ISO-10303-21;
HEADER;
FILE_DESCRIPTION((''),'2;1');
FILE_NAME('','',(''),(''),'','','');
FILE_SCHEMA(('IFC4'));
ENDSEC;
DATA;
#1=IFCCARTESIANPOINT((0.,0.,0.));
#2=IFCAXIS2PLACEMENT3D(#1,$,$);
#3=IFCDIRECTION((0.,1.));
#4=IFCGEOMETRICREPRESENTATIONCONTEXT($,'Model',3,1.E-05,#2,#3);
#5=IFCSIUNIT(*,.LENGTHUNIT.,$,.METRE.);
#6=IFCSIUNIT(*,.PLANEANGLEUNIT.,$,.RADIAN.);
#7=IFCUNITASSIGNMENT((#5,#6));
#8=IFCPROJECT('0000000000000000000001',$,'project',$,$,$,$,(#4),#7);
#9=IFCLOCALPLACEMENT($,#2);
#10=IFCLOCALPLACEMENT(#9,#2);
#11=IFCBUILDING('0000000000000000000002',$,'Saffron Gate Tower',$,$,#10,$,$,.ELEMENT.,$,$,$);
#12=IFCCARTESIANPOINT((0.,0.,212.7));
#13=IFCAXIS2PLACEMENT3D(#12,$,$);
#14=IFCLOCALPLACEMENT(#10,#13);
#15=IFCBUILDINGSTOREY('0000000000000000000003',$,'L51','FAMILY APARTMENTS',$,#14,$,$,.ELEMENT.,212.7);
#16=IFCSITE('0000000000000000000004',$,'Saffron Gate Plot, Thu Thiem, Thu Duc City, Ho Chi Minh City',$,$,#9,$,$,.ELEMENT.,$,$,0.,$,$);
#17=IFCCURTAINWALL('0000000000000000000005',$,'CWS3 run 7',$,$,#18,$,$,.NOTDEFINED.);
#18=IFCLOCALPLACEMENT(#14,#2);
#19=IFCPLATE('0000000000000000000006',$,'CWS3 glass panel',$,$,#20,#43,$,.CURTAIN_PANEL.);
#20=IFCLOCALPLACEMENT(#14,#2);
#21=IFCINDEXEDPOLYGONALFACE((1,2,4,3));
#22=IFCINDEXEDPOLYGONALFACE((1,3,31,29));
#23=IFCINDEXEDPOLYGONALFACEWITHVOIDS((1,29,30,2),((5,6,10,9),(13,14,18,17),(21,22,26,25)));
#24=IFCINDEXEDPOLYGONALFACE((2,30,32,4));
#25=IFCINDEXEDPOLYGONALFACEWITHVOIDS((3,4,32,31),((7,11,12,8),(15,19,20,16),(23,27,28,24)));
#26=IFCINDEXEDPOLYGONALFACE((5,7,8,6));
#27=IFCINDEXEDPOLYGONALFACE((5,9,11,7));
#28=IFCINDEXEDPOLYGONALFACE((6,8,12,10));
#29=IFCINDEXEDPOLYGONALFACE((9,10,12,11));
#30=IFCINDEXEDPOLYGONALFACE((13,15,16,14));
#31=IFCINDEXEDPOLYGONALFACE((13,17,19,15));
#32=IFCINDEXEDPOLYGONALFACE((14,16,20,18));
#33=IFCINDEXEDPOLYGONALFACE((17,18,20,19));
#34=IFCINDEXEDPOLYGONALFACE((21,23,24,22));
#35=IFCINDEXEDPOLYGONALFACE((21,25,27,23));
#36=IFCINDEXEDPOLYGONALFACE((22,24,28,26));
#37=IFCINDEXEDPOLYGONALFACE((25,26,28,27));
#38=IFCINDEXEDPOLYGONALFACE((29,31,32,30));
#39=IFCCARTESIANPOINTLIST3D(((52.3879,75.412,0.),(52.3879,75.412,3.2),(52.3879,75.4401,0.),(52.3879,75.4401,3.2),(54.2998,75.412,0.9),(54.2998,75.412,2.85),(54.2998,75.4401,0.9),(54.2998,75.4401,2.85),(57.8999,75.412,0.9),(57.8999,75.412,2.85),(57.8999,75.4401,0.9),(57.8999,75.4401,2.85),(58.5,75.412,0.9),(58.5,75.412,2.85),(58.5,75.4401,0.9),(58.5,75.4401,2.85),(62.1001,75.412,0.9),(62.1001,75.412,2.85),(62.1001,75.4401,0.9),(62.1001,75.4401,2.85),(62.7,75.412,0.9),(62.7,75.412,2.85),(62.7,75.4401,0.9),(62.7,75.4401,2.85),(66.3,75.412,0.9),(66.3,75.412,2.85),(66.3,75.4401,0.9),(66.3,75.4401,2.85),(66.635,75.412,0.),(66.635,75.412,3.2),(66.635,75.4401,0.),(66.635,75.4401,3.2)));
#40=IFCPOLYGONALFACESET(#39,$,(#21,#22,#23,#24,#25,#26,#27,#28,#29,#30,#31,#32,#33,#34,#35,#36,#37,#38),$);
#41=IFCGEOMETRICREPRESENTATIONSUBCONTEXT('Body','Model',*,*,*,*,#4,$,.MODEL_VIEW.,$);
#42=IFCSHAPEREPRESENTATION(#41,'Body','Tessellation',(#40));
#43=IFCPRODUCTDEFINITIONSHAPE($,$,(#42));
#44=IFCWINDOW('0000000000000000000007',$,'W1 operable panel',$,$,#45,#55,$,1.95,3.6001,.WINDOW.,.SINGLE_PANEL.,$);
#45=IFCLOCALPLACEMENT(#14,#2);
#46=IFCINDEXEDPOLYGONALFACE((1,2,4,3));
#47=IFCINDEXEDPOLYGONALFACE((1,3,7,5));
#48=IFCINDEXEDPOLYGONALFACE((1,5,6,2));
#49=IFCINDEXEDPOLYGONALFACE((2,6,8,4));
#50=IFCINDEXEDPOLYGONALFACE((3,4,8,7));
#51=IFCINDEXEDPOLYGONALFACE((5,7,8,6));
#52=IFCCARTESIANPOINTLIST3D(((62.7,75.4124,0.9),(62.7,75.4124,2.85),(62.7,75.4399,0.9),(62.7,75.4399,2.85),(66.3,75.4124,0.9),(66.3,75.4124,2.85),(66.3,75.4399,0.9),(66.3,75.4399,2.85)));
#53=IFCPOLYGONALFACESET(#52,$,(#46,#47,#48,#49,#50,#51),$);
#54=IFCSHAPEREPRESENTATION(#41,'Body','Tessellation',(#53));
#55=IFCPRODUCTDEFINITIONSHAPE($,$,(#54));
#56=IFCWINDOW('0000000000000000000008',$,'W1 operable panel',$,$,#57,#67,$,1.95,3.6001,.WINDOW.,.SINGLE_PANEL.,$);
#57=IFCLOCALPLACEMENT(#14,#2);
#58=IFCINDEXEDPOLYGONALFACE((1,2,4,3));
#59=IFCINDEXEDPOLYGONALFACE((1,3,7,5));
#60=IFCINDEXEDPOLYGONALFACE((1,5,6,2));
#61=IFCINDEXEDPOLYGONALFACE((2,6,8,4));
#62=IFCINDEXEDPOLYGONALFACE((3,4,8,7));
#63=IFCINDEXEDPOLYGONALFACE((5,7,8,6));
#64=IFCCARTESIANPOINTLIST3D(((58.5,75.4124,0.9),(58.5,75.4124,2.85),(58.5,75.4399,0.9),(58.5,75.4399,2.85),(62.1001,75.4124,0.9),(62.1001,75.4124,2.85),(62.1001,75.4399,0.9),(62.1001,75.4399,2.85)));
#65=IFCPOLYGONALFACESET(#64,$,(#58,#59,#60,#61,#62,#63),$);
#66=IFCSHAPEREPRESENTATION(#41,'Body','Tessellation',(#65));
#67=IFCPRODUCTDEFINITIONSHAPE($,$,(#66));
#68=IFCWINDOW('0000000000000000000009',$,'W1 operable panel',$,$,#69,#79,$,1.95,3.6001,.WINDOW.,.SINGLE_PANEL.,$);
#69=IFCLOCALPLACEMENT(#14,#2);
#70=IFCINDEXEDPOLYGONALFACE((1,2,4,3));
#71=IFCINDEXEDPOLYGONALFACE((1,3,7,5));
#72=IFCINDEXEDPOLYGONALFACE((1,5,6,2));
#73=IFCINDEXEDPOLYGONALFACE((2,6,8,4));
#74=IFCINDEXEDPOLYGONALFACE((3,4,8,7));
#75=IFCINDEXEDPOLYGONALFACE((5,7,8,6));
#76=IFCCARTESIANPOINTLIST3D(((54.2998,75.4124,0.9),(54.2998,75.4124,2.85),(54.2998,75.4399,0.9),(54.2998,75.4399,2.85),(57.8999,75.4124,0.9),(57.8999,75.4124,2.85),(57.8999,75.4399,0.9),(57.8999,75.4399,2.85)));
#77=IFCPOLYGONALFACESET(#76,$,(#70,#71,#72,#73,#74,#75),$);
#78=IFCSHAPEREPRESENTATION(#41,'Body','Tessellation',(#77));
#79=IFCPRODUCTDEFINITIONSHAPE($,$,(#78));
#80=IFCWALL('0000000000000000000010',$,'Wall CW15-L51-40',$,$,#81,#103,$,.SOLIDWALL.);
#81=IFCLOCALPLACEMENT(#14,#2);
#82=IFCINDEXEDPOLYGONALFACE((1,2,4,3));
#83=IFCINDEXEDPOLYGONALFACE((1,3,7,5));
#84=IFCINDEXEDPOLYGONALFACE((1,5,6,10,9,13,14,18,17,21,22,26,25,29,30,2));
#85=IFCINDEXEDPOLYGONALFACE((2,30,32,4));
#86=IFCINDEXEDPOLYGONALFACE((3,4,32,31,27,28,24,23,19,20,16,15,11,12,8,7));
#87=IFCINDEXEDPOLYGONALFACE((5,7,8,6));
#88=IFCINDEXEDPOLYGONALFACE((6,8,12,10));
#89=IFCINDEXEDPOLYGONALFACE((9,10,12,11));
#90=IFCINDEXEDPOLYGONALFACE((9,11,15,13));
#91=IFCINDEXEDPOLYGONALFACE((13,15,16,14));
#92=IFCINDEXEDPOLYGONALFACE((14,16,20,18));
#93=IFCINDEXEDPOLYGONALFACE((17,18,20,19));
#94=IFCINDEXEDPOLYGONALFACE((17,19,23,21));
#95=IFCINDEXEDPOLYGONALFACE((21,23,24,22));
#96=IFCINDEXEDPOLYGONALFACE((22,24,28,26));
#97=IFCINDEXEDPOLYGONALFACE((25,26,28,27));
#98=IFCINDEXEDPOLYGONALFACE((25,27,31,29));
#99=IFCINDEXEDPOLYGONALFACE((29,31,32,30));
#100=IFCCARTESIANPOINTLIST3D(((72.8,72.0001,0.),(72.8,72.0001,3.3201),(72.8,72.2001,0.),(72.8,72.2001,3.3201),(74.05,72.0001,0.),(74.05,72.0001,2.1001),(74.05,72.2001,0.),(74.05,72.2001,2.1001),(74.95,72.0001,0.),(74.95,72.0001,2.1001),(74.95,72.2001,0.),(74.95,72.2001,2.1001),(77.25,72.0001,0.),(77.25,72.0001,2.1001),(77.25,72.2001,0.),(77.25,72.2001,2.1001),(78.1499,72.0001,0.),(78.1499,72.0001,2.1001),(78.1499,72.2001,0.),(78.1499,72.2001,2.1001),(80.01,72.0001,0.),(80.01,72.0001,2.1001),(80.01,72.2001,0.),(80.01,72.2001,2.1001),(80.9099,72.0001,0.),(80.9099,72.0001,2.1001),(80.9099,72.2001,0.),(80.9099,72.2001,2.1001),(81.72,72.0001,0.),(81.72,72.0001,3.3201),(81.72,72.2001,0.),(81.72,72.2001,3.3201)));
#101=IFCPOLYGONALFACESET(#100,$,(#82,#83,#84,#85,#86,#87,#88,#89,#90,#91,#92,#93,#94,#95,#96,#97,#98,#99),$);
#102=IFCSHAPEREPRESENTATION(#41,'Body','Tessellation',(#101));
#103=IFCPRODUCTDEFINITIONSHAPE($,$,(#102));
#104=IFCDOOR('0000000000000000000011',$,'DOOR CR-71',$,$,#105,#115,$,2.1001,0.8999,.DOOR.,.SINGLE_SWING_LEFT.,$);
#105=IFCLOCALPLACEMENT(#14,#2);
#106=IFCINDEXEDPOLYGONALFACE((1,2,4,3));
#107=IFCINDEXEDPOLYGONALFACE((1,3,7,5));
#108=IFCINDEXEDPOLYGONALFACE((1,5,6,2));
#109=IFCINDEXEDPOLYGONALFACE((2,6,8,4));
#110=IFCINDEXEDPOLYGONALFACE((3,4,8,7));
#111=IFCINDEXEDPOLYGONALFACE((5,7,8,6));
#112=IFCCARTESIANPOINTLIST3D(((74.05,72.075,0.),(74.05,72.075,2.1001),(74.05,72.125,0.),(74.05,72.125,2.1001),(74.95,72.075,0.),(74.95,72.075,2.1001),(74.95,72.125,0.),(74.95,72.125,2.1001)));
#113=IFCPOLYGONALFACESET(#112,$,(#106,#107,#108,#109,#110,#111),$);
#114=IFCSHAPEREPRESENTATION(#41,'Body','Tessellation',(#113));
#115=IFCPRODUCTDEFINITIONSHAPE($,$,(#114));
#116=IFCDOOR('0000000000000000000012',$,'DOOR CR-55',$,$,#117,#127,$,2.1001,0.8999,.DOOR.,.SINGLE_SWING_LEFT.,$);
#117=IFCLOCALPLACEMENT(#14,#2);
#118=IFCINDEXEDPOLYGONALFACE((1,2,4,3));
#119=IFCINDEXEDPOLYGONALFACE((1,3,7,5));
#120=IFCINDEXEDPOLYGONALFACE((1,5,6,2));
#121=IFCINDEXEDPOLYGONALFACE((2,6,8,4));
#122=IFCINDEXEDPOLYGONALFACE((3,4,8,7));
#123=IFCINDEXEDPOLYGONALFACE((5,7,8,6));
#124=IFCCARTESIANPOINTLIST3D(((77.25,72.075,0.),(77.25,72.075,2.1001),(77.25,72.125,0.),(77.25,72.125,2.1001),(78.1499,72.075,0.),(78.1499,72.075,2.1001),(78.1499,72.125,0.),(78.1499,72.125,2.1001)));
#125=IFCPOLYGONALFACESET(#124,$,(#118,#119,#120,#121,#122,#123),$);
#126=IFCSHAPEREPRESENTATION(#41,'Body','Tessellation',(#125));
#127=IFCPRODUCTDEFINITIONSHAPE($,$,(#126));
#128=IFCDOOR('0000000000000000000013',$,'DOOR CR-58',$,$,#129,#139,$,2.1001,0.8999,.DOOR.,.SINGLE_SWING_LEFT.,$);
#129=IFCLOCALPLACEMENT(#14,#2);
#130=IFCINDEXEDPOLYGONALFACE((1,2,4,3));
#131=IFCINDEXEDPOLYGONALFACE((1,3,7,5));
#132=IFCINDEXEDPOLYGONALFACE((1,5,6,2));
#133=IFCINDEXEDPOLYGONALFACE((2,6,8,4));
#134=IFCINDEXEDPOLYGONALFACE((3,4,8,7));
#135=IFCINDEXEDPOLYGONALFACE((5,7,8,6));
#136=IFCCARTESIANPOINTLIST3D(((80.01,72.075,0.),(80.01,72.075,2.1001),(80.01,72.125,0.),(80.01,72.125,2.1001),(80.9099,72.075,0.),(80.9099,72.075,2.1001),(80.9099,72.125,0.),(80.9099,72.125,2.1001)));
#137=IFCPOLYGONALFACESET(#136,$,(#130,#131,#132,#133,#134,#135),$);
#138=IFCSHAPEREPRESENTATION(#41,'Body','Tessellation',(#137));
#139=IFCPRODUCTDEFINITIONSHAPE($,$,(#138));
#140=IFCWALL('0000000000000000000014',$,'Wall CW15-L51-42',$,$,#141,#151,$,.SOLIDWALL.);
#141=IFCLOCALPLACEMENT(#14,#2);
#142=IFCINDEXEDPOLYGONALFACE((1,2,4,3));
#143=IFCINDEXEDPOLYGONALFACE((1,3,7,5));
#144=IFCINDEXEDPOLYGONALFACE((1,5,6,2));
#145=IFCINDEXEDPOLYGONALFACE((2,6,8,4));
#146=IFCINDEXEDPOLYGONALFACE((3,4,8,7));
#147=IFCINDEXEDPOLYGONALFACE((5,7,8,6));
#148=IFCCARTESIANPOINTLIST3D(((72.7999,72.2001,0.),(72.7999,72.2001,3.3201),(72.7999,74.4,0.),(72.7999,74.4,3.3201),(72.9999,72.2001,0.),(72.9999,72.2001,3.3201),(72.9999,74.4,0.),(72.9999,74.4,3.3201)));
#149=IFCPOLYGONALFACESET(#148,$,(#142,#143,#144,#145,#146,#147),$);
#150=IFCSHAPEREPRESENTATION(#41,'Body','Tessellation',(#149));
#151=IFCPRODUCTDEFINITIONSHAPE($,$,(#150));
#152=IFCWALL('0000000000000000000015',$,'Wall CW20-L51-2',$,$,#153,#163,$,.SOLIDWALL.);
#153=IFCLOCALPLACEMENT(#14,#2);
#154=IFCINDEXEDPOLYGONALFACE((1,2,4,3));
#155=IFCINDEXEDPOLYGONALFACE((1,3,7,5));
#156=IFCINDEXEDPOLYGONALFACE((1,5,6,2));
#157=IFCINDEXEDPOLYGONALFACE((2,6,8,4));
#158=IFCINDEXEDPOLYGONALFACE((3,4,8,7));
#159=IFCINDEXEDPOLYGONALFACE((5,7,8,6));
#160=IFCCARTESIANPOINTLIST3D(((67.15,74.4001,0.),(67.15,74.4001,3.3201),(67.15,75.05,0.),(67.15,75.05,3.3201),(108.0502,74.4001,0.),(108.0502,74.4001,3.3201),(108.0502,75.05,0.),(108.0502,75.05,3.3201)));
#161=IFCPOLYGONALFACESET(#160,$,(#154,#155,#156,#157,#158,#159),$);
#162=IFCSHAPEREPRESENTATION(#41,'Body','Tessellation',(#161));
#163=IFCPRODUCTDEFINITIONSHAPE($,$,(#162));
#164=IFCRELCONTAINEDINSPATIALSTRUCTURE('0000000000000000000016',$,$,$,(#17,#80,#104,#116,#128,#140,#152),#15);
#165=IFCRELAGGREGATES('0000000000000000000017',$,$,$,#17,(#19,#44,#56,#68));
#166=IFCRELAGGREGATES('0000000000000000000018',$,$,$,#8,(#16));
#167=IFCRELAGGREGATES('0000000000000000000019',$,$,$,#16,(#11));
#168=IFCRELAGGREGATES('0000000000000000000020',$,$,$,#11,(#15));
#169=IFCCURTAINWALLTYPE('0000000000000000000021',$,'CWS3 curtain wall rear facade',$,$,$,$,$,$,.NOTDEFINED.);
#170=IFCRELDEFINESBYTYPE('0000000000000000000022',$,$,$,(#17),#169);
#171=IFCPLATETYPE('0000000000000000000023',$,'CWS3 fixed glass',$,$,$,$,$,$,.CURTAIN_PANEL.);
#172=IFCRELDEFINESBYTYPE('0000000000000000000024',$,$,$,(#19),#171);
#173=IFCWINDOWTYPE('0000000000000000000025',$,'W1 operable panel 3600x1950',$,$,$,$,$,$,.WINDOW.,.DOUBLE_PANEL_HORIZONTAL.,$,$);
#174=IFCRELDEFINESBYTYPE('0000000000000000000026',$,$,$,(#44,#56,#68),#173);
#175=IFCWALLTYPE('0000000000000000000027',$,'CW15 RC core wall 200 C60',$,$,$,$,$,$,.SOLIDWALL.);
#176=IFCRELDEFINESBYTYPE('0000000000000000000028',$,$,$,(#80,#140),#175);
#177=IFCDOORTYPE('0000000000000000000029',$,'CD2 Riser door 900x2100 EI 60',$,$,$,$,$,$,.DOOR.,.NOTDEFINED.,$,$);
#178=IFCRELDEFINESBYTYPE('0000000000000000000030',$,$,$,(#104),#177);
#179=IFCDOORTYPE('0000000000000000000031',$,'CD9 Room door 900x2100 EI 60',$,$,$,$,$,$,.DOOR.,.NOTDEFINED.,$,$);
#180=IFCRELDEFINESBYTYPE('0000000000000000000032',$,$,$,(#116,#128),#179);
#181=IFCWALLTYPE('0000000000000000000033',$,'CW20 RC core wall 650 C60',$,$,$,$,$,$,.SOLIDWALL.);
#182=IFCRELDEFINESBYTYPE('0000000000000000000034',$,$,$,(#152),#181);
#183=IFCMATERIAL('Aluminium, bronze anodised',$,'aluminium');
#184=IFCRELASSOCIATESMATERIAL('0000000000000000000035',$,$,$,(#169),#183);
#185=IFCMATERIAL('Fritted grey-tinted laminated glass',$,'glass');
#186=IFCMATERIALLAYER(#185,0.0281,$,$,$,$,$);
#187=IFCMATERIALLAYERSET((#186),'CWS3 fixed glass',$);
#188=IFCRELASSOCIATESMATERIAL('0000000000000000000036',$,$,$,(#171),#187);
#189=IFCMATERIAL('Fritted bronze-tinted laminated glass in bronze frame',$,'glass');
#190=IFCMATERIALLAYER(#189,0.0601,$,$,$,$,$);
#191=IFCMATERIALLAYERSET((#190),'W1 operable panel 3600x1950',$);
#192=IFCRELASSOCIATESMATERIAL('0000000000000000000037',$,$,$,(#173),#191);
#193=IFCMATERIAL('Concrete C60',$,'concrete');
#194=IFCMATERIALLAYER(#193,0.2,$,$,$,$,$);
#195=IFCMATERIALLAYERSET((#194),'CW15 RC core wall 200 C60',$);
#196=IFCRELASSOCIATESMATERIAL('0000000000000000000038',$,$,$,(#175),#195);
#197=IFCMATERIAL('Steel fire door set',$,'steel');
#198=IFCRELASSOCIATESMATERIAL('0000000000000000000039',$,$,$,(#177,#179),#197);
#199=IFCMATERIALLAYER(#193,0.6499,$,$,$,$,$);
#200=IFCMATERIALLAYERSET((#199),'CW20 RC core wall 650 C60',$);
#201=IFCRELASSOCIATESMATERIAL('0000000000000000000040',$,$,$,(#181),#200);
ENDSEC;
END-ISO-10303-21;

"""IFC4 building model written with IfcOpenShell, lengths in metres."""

from ifc_helpers import new_model, si_unit, direction, frame, frame_2d, origin, place, context, subcontext, project, spatial, rectangle, extrude, material, layer, layer_set, type_object, element, fill, aggregate, save


model = new_model("IFC4")

# Units and contexts
model_context = context("Model", 3, precision=1e-05, world=origin(), true_north=direction((0.0, 1.0)))
body_context = subcontext(model_context, "Body", "Model", "MODEL_VIEW")
ifc_project = project(units=[si_unit("LENGTHUNIT", "METRE"), si_unit("PLANEANGLEUNIT", "RADIAN")], contexts=[model_context])

# Site, building, storey
site_placement = place(None, origin())
site = spatial("IfcSite", under=ifc_project, at=site_placement, Name="Saffron Gate Plot, Thu Thiem, Thu Duc City, Ho Chi Minh City", CompositionType="ELEMENT", RefElevation=0.0)
building_placement = place(site_placement, origin())
building = spatial("IfcBuilding", under=site, at=building_placement, Name="Saffron Gate Tower", CompositionType="ELEMENT")
storey_placement = place(building_placement, frame((0.0, 0.0, 212.7)))
storey = spatial("IfcBuildingStorey", under=building, at=storey_placement, Name="L51", Description="FAMILY APARTMENTS", CompositionType="ELEMENT", Elevation=212.7)

# Curtain wall, plate, openings, windows
ifc_material_1 = material(Name="Aluminium, bronze anodised", Category="aluminium")
curtain_wall_type = type_object("IfcCurtainWallType", Name="CWS3 curtain wall rear facade", PredefinedType="NOTDEFINED", material=ifc_material_1)
curtain_wall_placement = place(storey_placement, origin())
curtain_wall = element("IfcCurtainWall", 1, at=curtain_wall_placement, inside=storey, type_object=curtain_wall_type, Name="CWS3 run 7", PredefinedType="NOTDEFINED")
ifc_material_2 = material(Name="Fritted grey-tinted laminated glass", Category="glass")
ifc_layer_1 = layer(ifc_material_2, 0.0281)
ifc_layer_set_1 = layer_set([ifc_layer_1], Name="CWS3 fixed glass")
plate_type = type_object("IfcPlateType", Name="CWS3 fixed glass", PredefinedType="CURTAIN_PANEL", material=ifc_layer_set_1)
plate_placement = place(storey_placement, frame((66.635, 75.426, 0.0), z_axis=(0.0, 0.0, 1.0), x_axis=(-1.0, 0.0, 0.0)))
plate = element("IfcPlate", 2, at=plate_placement, type_object=plate_type, Name="CWS3 glass panel", PredefinedType="CURTAIN_PANEL", context=body_context, shape_type="SweptSolid", body=[
    extrude(rectangle(XDim=14.2471, YDim=0.0281, at=frame_2d((7.1235, 0.0))), origin(), (0.0, 0.0, 1.0), 3.2),
])
opening_1_placement = place(plate_placement, frame((0.335, 0.0, 0.8999)))
opening_1 = element("IfcOpeningElement", 3, at=opening_1_placement, cuts=plate, PredefinedType="OPENING", context=body_context, shape_type="SweptSolid", body=[
    extrude(rectangle(XDim=3.6001, YDim=1.95, at=frame_2d((1.8, 0.9751))), frame((0.0, 0.0239, 0.0), z_axis=(0.0, -1.0, 0.0), x_axis=(1.0, 0.0, 0.0)), (0.0, 0.0, 1.0), 0.0481),
])
opening_2_placement = place(plate_placement, frame((4.5349, 0.0, 0.8999)))
opening_2 = element("IfcOpeningElement", 4, at=opening_2_placement, cuts=plate, PredefinedType="OPENING", context=body_context, shape_type="SweptSolid", body=[
    extrude(rectangle(XDim=3.6001, YDim=1.95, at=frame_2d((1.8, 0.9751))), frame((0.0, 0.0239, 0.0), z_axis=(0.0, -1.0, 0.0), x_axis=(1.0, 0.0, 0.0)), (0.0, 0.0, 1.0), 0.0481),
])
opening_3_placement = place(plate_placement, frame((8.7351, 0.0, 0.8999)))
opening_3 = element("IfcOpeningElement", 5, at=opening_3_placement, cuts=plate, PredefinedType="OPENING", context=body_context, shape_type="SweptSolid", body=[
    extrude(rectangle(XDim=3.6001, YDim=1.95, at=frame_2d((1.8, 0.9751))), frame((0.0, 0.0239, 0.0), z_axis=(0.0, -1.0, 0.0), x_axis=(1.0, 0.0, 0.0)), (0.0, 0.0, 1.0), 0.0481),
])
ifc_material_3 = material(Name="Fritted bronze-tinted laminated glass in bronze frame", Category="glass")
ifc_layer_2 = layer(ifc_material_3, 0.0601)
ifc_layer_set_2 = layer_set([ifc_layer_2], Name="W1 operable panel 3600x1950")
window_type = type_object("IfcWindowType", Name="W1 operable panel 3600x1950", PartitioningType="DOUBLE_PANEL_HORIZONTAL", PredefinedType="WINDOW", material=ifc_layer_set_2)
window_1_placement = place(opening_1_placement, origin())
window_1 = element("IfcWindow", 6, at=window_1_placement, type_object=window_type, Name="W1 operable panel", OverallHeight=1.95, OverallWidth=3.6001, PartitioningType="SINGLE_PANEL", PredefinedType="WINDOW", context=body_context, shape_type="SweptSolid", body=[
    extrude(rectangle(XDim=3.6001, YDim=1.95, at=frame_2d((1.8, 0.9751))), frame((0.0, 0.0137, 0.0), z_axis=(0.0, -1.0, 0.0), x_axis=(1.0, 0.0, 0.0)), (0.0, 0.0, 1.0), 0.0276),
])
fill(opening_1, window_1)
window_2_placement = place(opening_2_placement, origin())
window_2 = element("IfcWindow", 7, at=window_2_placement, type_object=window_type, Name="W1 operable panel", OverallHeight=1.95, OverallWidth=3.6001, PartitioningType="SINGLE_PANEL", PredefinedType="WINDOW", context=body_context, shape_type="SweptSolid", body=[
    extrude(rectangle(XDim=3.6001, YDim=1.95, at=frame_2d((1.8, 0.9751))), frame((0.0, 0.0137, 0.0), z_axis=(0.0, -1.0, 0.0), x_axis=(1.0, 0.0, 0.0)), (0.0, 0.0, 1.0), 0.0276),
])
fill(opening_2, window_2)
window_3_placement = place(opening_3_placement, origin())
window_3 = element("IfcWindow", 8, at=window_3_placement, type_object=window_type, Name="W1 operable panel", OverallHeight=1.95, OverallWidth=3.6001, PartitioningType="SINGLE_PANEL", PredefinedType="WINDOW", context=body_context, shape_type="SweptSolid", body=[
    extrude(rectangle(XDim=3.6001, YDim=1.95, at=frame_2d((1.8, 0.9751))), frame((0.0, 0.0137, 0.0), z_axis=(0.0, -1.0, 0.0), x_axis=(1.0, 0.0, 0.0)), (0.0, 0.0, 1.0), 0.0276),
])
fill(opening_3, window_3)
aggregate(curtain_wall, [plate, window_1, window_2, window_3])

# Wall, openings, doors
ifc_material_4 = material(Name="Concrete C60", Category="concrete")
ifc_layer_3 = layer(ifc_material_4, 0.2)
ifc_layer_set_3 = layer_set([ifc_layer_3], Name="CW15 RC core wall 200 C60")
wall_type_1 = type_object("IfcWallType", Name="CW15 RC core wall 200 C60", PredefinedType="SOLIDWALL", material=ifc_layer_set_3)
wall_1_placement = place(storey_placement, frame((72.8, 72.1001, 0.0), z_axis=(0.0, 0.0, 1.0), x_axis=(1.0, 0.0, 0.0)))
wall_1 = element("IfcWall", 9, at=wall_1_placement, inside=storey, type_object=wall_type_1, Name="Wall CW15-L51-40", PredefinedType="SOLIDWALL", context=body_context, shape_type="SweptSolid", body=[
    extrude(rectangle(XDim=8.9199, YDim=0.2, at=frame_2d((4.46, 0.0))), origin(), (0.0, 0.0, 1.0), 3.3201),
])
opening_4_placement = place(wall_1_placement, frame((1.25, 0.0, 0.0)))
opening_4 = element("IfcOpeningElement", 10, at=opening_4_placement, cuts=wall_1, PredefinedType="OPENING", context=body_context, shape_type="SweptSolid", body=[
    extrude(rectangle(XDim=0.8999, YDim=2.1001, at=frame_2d((0.45, 1.05))), frame((0.0, 0.1099, 0.0), z_axis=(0.0, -1.0, 0.0), x_axis=(1.0, 0.0, 0.0)), (0.0, 0.0, 1.0), 0.22),
])
opening_5_placement = place(wall_1_placement, frame((4.45, 0.0, 0.0)))
opening_5 = element("IfcOpeningElement", 11, at=opening_5_placement, cuts=wall_1, PredefinedType="OPENING", context=body_context, shape_type="SweptSolid", body=[
    extrude(rectangle(XDim=0.8999, YDim=2.1001, at=frame_2d((0.45, 1.05))), frame((0.0, 0.1099, 0.0), z_axis=(0.0, -1.0, 0.0), x_axis=(1.0, 0.0, 0.0)), (0.0, 0.0, 1.0), 0.22),
])
opening_6_placement = place(wall_1_placement, frame((7.21, 0.0, 0.0)))
opening_6 = element("IfcOpeningElement", 12, at=opening_6_placement, cuts=wall_1, PredefinedType="OPENING", context=body_context, shape_type="SweptSolid", body=[
    extrude(rectangle(XDim=0.8999, YDim=2.1001, at=frame_2d((0.45, 1.05))), frame((0.0, 0.1099, 0.0), z_axis=(0.0, -1.0, 0.0), x_axis=(1.0, 0.0, 0.0)), (0.0, 0.0, 1.0), 0.22),
])
ifc_material_5 = material(Name="Steel fire door set", Category="steel")
door_type_1 = type_object("IfcDoorType", Name="CD2 Riser door 900x2100 EI 60", OperationType="NOTDEFINED", PredefinedType="DOOR", material=ifc_material_5)
door_1_placement = place(opening_4_placement, origin())
door_1 = element("IfcDoor", 13, at=door_1_placement, inside=storey, type_object=door_type_1, Name="DOOR CR-71", OperationType="SINGLE_SWING_LEFT", OverallHeight=2.1001, OverallWidth=0.8999, PredefinedType="DOOR", context=body_context, shape_type="SweptSolid", body=[
    extrude(rectangle(XDim=0.8999, YDim=2.1001, at=frame_2d((0.45, 1.05))), frame((0.0, 0.0249, 0.0), z_axis=(0.0, -1.0, 0.0), x_axis=(1.0, 0.0, 0.0)), (0.0, 0.0, 1.0), 0.05),
])
fill(opening_4, door_1)
door_type_2 = type_object("IfcDoorType", Name="CD9 Room door 900x2100 EI 60", OperationType="NOTDEFINED", PredefinedType="DOOR", material=ifc_material_5)
door_2_placement = place(opening_5_placement, origin())
door_2 = element("IfcDoor", 14, at=door_2_placement, inside=storey, type_object=door_type_2, Name="DOOR CR-55", OperationType="SINGLE_SWING_LEFT", OverallHeight=2.1001, OverallWidth=0.8999, PredefinedType="DOOR", context=body_context, shape_type="SweptSolid", body=[
    extrude(rectangle(XDim=0.8999, YDim=2.1001, at=frame_2d((0.45, 1.05))), frame((0.0, 0.0249, 0.0), z_axis=(0.0, -1.0, 0.0), x_axis=(1.0, 0.0, 0.0)), (0.0, 0.0, 1.0), 0.05),
])
fill(opening_5, door_2)
door_3_placement = place(opening_6_placement, origin())
door_3 = element("IfcDoor", 15, at=door_3_placement, inside=storey, type_object=door_type_2, Name="DOOR CR-58", OperationType="SINGLE_SWING_LEFT", OverallHeight=2.1001, OverallWidth=0.8999, PredefinedType="DOOR", context=body_context, shape_type="SweptSolid", body=[
    extrude(rectangle(XDim=0.8999, YDim=2.1001, at=frame_2d((0.45, 1.05))), frame((0.0, 0.0249, 0.0), z_axis=(0.0, -1.0, 0.0), x_axis=(1.0, 0.0, 0.0)), (0.0, 0.0, 1.0), 0.05),
])
fill(opening_6, door_3)

# Walls
wall_2_placement = place(storey_placement, frame((72.8999, 72.2, 0.0), z_axis=(0.0, 0.0, 1.0), x_axis=(0.0, 1.0, 0.0)))
element("IfcWall", 16, at=wall_2_placement, inside=storey, type_object=wall_type_1, Name="Wall CW15-L51-42", PredefinedType="SOLIDWALL", context=body_context, shape_type="SweptSolid", body=[
    extrude(rectangle(XDim=2.2, YDim=0.2, at=frame_2d((1.1001, 0.0))), origin(), (0.0, 0.0, 1.0), 3.3201),
])
ifc_layer_4 = layer(ifc_material_4, 0.6499)
ifc_layer_set_4 = layer_set([ifc_layer_4], Name="CW20 RC core wall 650 C60")
wall_type_2 = type_object("IfcWallType", Name="CW20 RC core wall 650 C60", PredefinedType="SOLIDWALL", material=ifc_layer_set_4)
wall_3_placement = place(storey_placement, frame((67.1499, 74.7251, 0.0), z_axis=(0.0, 0.0, 1.0), x_axis=(1.0, 0.0, 0.0)))
element("IfcWall", 17, at=wall_3_placement, inside=storey, type_object=wall_type_2, Name="Wall CW20-L51-2", PredefinedType="SOLIDWALL", context=body_context, shape_type="SweptSolid", body=[
    extrude(rectangle(XDim=40.9001, YDim=0.6499, at=frame_2d((20.4502, 0.0))), origin(), (0.0, 0.0, 1.0), 3.3201),
])

save(model, "model.ifc")
